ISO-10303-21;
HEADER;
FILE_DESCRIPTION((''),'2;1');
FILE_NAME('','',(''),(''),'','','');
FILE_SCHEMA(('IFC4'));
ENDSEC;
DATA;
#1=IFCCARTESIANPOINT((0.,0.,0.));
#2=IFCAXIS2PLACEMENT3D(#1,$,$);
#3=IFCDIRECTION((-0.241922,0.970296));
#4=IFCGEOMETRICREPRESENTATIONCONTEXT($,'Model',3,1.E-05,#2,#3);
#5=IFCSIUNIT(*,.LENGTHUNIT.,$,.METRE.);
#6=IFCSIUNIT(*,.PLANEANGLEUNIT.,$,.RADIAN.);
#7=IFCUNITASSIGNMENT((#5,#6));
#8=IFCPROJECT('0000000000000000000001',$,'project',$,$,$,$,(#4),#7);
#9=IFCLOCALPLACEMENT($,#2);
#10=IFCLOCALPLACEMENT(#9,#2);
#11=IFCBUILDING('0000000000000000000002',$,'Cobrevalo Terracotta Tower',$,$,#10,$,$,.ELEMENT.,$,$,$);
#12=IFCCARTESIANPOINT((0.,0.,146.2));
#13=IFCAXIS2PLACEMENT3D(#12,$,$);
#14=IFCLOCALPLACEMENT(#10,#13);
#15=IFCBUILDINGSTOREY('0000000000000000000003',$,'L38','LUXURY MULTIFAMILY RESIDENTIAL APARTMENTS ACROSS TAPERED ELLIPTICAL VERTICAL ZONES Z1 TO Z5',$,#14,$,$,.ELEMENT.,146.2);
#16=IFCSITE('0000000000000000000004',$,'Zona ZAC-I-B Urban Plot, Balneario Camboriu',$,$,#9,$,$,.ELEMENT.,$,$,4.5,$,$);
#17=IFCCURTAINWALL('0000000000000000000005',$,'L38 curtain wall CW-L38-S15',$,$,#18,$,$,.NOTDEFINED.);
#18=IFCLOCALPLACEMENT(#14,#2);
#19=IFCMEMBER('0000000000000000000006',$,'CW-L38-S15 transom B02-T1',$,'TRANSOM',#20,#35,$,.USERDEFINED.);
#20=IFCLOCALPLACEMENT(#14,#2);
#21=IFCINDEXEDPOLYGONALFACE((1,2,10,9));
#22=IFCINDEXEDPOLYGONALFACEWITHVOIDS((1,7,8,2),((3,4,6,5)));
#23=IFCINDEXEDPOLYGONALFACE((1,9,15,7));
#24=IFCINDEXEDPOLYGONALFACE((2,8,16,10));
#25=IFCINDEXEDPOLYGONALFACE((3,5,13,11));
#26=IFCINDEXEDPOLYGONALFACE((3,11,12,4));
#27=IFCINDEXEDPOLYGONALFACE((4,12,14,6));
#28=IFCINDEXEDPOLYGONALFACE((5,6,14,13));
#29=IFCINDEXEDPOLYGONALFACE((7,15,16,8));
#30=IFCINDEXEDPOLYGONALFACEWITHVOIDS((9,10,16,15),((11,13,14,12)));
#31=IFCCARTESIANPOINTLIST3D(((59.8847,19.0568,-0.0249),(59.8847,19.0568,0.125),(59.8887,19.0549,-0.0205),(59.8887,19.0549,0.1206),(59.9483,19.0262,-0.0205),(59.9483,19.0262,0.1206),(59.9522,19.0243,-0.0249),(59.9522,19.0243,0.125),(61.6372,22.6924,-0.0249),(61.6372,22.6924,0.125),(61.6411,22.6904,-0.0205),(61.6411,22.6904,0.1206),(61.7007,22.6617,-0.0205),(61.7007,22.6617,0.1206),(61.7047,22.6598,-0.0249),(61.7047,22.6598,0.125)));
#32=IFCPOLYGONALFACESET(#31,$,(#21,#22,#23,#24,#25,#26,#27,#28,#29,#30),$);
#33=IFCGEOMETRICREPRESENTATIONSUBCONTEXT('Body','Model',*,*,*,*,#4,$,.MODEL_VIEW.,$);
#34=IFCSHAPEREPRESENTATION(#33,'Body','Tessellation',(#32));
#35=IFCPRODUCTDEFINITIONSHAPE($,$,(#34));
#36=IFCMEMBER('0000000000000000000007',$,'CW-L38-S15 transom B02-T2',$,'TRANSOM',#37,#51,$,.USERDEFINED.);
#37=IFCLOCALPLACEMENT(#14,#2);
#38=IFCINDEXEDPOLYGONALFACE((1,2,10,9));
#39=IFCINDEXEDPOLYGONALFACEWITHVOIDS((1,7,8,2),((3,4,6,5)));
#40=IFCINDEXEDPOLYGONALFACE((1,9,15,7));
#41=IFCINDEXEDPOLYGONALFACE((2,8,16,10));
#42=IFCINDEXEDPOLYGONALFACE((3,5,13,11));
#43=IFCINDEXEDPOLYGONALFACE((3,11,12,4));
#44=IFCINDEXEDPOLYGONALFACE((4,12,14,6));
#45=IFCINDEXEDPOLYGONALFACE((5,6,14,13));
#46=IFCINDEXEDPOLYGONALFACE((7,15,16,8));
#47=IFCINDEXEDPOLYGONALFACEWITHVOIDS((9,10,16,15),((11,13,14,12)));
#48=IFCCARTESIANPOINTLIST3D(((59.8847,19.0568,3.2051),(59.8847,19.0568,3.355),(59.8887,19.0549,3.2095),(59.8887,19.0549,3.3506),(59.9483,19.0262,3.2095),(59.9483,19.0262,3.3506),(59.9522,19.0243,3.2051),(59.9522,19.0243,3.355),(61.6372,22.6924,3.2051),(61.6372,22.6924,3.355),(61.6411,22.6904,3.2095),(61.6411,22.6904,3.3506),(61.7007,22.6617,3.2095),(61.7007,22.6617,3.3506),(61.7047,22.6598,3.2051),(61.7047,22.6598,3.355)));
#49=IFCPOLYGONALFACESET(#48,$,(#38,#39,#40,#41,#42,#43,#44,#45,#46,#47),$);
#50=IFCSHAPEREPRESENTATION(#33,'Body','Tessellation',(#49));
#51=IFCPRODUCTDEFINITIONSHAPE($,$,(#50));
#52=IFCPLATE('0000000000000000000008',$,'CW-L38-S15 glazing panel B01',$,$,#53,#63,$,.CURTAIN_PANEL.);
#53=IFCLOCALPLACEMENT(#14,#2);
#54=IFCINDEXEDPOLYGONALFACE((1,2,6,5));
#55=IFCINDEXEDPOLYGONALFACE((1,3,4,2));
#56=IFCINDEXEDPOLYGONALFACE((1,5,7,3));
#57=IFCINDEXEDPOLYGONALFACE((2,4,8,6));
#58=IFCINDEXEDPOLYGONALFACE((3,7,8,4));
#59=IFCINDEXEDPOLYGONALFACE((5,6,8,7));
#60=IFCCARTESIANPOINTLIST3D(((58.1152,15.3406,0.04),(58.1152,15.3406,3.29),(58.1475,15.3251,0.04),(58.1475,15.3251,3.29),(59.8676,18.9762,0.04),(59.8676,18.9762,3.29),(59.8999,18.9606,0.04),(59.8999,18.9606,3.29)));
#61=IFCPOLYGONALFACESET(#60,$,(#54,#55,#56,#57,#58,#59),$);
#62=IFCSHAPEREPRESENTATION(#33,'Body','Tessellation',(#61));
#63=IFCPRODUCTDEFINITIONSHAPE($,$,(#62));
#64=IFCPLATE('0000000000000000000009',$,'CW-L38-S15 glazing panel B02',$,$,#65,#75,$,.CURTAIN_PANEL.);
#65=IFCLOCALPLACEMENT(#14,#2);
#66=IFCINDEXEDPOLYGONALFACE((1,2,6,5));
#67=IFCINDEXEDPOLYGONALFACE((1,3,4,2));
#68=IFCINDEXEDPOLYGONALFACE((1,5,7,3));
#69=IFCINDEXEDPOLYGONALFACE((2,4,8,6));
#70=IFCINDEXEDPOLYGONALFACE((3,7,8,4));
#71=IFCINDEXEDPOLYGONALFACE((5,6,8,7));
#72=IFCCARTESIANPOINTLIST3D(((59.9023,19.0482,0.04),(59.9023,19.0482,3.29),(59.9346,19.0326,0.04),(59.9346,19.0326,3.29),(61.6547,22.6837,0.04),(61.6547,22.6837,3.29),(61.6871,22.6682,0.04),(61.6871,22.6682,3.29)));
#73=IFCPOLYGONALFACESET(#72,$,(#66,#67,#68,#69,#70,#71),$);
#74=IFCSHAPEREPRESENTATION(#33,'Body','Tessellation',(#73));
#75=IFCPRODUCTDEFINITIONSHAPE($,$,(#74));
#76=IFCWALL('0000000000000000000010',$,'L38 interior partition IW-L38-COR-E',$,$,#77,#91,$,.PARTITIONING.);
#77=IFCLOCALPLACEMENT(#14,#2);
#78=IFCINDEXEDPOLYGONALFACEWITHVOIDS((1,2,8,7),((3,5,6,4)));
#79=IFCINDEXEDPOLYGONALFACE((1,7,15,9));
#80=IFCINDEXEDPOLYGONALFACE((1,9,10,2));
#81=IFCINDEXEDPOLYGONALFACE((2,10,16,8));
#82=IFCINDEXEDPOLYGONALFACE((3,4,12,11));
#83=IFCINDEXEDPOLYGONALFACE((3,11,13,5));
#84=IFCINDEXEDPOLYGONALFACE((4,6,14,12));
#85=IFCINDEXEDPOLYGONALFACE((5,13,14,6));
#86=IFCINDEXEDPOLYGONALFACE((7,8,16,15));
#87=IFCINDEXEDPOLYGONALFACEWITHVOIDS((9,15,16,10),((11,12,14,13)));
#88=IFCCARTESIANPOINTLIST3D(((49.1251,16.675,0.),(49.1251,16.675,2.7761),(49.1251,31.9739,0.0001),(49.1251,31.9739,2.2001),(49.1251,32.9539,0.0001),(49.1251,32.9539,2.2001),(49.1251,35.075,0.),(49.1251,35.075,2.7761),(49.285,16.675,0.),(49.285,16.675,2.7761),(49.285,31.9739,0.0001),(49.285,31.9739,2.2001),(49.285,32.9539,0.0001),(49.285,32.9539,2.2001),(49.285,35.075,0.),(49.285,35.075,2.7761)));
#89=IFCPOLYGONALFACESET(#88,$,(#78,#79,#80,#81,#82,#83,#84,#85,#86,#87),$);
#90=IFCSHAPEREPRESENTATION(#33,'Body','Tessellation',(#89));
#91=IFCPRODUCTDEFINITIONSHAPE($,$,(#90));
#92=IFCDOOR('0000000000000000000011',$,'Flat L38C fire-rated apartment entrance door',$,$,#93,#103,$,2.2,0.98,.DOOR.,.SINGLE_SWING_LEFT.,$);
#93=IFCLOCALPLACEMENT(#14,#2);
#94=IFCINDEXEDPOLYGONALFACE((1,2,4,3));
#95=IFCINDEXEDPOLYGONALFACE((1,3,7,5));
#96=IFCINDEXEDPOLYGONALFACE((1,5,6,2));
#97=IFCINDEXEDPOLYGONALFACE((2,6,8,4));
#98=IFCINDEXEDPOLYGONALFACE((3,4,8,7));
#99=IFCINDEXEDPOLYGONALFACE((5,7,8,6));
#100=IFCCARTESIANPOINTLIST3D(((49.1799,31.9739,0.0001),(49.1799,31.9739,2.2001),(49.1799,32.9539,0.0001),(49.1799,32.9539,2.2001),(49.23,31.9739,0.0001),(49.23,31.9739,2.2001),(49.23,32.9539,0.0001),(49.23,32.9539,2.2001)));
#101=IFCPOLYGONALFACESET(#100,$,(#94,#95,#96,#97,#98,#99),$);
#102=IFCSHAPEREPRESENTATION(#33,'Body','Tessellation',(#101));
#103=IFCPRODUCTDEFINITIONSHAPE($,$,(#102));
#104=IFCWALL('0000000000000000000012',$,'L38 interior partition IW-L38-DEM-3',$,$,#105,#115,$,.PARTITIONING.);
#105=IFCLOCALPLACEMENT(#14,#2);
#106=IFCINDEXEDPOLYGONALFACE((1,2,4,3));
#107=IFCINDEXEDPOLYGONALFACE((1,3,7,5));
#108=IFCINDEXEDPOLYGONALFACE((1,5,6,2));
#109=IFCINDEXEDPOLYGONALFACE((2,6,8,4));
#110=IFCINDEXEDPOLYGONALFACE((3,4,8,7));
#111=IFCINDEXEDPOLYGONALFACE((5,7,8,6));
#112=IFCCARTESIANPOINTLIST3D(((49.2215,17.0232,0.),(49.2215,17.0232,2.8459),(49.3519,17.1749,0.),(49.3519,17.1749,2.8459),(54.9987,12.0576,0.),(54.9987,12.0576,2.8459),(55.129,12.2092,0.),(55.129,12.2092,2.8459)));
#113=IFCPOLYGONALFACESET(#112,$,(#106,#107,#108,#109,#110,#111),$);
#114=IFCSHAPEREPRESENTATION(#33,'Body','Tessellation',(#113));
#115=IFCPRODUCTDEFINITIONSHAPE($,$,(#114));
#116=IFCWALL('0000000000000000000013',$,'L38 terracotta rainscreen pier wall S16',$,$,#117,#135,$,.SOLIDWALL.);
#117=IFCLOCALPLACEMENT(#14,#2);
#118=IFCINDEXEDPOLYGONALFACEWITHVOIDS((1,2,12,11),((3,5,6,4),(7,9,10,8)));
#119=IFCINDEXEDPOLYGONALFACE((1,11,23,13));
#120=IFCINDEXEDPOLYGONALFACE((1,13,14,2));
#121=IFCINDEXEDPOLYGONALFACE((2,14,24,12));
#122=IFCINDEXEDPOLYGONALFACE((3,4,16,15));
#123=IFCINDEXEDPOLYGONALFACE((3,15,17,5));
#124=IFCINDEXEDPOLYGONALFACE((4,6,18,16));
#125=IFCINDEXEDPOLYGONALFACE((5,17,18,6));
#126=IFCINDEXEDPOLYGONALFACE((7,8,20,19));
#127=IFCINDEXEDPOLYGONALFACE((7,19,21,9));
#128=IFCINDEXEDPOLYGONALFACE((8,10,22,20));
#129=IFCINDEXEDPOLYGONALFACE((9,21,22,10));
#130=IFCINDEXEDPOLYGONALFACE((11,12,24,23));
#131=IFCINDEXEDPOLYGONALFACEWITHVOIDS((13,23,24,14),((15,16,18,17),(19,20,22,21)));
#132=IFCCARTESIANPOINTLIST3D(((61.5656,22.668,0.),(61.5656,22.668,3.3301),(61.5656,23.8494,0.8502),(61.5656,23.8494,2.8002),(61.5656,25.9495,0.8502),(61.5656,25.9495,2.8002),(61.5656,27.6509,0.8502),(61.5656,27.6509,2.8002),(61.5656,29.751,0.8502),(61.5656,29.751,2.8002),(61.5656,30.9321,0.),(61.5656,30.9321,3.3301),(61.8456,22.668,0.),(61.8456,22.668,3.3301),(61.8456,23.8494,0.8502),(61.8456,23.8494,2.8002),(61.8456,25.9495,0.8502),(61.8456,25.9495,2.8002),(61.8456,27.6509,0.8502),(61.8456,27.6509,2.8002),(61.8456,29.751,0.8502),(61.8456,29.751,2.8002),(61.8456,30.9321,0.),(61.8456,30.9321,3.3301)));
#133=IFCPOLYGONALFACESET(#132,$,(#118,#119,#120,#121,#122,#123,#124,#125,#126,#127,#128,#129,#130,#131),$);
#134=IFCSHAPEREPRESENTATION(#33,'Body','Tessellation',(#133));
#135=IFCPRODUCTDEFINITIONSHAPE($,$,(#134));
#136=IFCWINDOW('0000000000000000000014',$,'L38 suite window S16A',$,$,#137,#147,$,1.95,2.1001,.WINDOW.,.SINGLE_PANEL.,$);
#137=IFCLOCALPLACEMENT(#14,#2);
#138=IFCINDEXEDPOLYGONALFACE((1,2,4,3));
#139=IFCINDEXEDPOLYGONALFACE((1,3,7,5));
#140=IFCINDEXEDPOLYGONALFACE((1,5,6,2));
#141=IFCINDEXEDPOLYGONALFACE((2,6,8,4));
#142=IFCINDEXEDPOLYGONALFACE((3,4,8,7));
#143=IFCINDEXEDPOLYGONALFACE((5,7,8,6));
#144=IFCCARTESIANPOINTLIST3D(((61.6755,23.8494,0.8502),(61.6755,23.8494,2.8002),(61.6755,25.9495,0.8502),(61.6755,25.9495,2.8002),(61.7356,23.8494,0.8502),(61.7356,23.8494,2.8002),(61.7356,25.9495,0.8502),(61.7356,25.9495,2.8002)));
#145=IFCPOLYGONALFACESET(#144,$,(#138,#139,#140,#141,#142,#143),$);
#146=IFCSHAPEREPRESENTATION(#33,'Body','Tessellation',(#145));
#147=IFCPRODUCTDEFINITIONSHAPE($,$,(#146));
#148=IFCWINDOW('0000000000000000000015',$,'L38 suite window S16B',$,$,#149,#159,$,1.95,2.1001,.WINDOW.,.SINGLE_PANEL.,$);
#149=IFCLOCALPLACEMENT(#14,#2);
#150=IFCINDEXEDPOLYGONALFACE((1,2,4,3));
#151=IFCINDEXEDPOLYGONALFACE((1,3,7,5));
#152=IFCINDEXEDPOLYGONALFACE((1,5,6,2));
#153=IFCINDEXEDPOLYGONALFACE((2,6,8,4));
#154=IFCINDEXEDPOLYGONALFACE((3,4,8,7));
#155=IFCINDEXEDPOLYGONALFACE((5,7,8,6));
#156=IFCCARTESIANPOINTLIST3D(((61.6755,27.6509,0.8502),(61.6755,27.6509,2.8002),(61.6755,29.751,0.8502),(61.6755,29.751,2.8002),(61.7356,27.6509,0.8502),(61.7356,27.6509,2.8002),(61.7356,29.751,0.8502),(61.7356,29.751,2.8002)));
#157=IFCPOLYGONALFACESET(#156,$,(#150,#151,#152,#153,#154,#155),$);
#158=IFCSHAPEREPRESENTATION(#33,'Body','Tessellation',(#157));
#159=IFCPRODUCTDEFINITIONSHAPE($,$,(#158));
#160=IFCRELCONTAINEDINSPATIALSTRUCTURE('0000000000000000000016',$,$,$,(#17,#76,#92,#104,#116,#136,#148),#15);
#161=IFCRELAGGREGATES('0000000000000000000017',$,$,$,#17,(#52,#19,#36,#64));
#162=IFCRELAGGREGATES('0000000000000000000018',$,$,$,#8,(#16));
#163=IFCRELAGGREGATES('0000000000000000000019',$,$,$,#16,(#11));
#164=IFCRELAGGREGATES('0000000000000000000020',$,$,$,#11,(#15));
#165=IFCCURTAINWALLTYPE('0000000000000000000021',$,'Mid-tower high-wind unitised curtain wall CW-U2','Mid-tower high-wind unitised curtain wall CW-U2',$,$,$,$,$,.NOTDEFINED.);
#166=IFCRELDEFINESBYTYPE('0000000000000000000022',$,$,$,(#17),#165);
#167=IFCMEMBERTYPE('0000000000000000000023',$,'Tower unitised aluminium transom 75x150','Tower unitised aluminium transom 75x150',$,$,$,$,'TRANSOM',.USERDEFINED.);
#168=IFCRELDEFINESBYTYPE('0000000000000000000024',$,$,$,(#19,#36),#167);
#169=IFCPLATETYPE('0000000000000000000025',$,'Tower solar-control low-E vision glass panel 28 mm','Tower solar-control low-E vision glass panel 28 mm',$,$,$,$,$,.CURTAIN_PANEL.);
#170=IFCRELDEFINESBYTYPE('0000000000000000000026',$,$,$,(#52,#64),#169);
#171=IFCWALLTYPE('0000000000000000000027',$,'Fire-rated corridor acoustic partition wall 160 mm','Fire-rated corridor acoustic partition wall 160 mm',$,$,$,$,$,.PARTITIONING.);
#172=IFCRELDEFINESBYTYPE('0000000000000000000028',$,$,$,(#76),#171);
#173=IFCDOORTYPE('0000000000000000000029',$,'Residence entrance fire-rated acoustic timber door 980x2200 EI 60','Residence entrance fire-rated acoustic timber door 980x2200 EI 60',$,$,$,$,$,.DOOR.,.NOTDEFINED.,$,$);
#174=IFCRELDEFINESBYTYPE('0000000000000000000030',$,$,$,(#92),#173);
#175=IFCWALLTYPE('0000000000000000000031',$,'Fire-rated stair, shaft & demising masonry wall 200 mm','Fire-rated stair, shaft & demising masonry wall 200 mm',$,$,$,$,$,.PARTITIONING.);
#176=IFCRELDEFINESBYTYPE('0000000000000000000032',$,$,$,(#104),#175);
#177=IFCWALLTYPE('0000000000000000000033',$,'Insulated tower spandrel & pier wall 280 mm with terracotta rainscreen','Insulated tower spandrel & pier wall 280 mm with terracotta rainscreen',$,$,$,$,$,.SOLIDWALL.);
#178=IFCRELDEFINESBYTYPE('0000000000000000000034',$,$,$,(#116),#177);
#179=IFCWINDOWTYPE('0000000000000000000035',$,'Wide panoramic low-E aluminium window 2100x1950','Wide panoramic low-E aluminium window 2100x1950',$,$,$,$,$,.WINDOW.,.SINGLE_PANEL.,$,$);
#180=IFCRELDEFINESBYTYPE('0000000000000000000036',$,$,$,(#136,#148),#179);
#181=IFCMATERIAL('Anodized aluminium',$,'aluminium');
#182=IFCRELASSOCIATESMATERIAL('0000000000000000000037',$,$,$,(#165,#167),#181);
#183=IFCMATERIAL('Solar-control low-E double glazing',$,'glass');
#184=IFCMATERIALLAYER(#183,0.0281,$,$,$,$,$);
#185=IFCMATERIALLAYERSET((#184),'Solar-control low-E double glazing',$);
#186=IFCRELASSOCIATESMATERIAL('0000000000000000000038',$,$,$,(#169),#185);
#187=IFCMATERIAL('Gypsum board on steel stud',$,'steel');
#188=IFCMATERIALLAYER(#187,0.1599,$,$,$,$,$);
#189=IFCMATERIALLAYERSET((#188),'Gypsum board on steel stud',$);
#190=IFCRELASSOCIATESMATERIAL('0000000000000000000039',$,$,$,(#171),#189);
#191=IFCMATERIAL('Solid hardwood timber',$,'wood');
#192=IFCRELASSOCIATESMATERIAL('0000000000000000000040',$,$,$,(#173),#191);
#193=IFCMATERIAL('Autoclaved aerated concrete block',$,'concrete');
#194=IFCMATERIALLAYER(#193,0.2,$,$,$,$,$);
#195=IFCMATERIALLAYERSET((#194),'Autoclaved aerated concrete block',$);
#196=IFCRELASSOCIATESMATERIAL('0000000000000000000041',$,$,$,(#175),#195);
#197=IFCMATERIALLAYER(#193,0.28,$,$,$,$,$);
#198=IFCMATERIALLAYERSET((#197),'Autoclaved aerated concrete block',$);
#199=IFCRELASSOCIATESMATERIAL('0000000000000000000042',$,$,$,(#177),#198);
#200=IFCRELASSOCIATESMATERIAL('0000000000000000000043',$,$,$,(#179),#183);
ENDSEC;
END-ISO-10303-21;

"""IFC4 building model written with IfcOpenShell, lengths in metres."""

from ifc_helpers import new_model, si_unit, direction, frame, frame_2d, origin, origin_2d, place, context, subcontext, project, spatial, rectangle, hollow_rectangle, extrude, source, transform, mapped, material, layer, layer_set, material_profile, profile_set, type_object, element, fill, aggregate, save


model = new_model("IFC4")

# Units and contexts
model_context = context("Model", 3, precision=1e-05, world=origin(), true_north=direction((-0.241922, 0.970296)))
body_context = subcontext(model_context, "Body", "Model", "MODEL_VIEW")
ifc_project = project(units=[si_unit("LENGTHUNIT", "METRE"), si_unit("PLANEANGLEUNIT", "RADIAN")], contexts=[model_context])

# Site, building, storey
site_placement = place(None, origin())
site = spatial("IfcSite", under=ifc_project, at=site_placement, Name="Zona ZAC-I-B Urban Plot, Balneario Camboriu", CompositionType="ELEMENT", RefElevation=4.5)
building_placement = place(site_placement, origin())
building = spatial("IfcBuilding", under=site, at=building_placement, Name="Cobrevalo Terracotta Tower", CompositionType="ELEMENT")
storey_placement = place(building_placement, frame((0.0, 0.0, 146.2)))
storey = spatial("IfcBuildingStorey", under=building, at=storey_placement, Name="L38", Description="LUXURY MULTIFAMILY RESIDENTIAL APARTMENTS ACROSS TAPERED ELLIPTICAL VERTICAL ZONES Z1 TO Z5", CompositionType="ELEMENT", Elevation=146.2)

# Curtain wall, members, plates
ifc_material_1 = material(Name="Anodized aluminium", Category="aluminium")
curtain_wall_type = type_object("IfcCurtainWallType", Name="Mid-tower high-wind unitised curtain wall CW-U2", Description="Mid-tower high-wind unitised curtain wall CW-U2", PredefinedType="NOTDEFINED", material=ifc_material_1)
curtain_wall_placement = place(storey_placement, origin())
curtain_wall = element("IfcCurtainWall", 1, at=curtain_wall_placement, inside=storey, type_object=curtain_wall_type, Name="L38 curtain wall CW-L38-S15", PredefinedType="NOTDEFINED")
ifc_material_profile_1 = material_profile(ifc_material_1, hollow_rectangle(XDim=0.075, YDim=0.1499, WallThickness=0.0044, at=origin_2d()), Name="CWT 75x150")
ifc_profile_set_1 = profile_set([ifc_material_profile_1], Name="Anodized aluminium")
member_type_1 = type_object("IfcMemberType", Name="Tower unitised aluminium transom 75x150", Description="Tower unitised aluminium transom 75x150", ElementType="TRANSOM", PredefinedType="USERDEFINED", material=ifc_profile_set_1)
shared_shape_1 = source(origin(), body_context, "Body", "SweptSolid", [
    extrude(hollow_rectangle(XDim=0.075, YDim=0.1499, WallThickness=0.0044, at=origin_2d()), origin(), (0.0, 0.0, 1.0), 4.0359),
])
member_1_placement = place(storey_placement, frame((59.9185, 19.0405, 0.05), z_axis=(0.434221, 0.900806, 0.0), x_axis=(-0.900806, 0.434221, 0.0)))
member_1 = element("IfcMember", 2, at=member_1_placement, type_object=member_type_1, Name="CW-L38-S15 transom B02-T1", ObjectType="TRANSOM", PredefinedType="USERDEFINED", context=body_context, shape_type="MappedRepresentation", body=[
    mapped(shared_shape_1, transform((0.0, 0.0, 0.0), scale=1.0)),
])
member_2_placement = place(storey_placement, frame((59.9185, 19.0405, 3.28), z_axis=(0.434221, 0.900806, 0.0), x_axis=(-0.900806, 0.434221, 0.0)))
member_2 = element("IfcMember", 3, at=member_2_placement, type_object=member_type_1, Name="CW-L38-S15 transom B02-T2", ObjectType="TRANSOM", PredefinedType="USERDEFINED", context=body_context, shape_type="MappedRepresentation", body=[
    mapped(shared_shape_1, transform((0.0, 0.0, 0.0), scale=1.0)),
])
ifc_material_2 = material(Name="Solar-control low-E double glazing", Category="glass")
ifc_layer_1 = layer(ifc_material_2, 0.0281)
ifc_layer_set_1 = layer_set([ifc_layer_1], Name="Solar-control low-E double glazing")
plate_type = type_object("IfcPlateType", Name="Tower solar-control low-E vision glass panel 28 mm", Description="Tower solar-control low-E vision glass panel 28 mm", PredefinedType="CURTAIN_PANEL", material=ifc_layer_set_1)
shared_shape_2 = source(origin(), body_context, "Body", "SweptSolid", [
    extrude(rectangle(XDim=4.0359, YDim=0.0359, at=origin_2d()), origin(), (0.0, 0.0, 1.0), 3.25),
])
plate_1_placement = place(storey_placement, frame((59.0076, 17.1506, 0.04), z_axis=(0.0, 0.0, 1.0), x_axis=(0.434209, 0.900812, 0.0)))
plate_1 = element("IfcPlate", 4, at=plate_1_placement, type_object=plate_type, Name="CW-L38-S15 glazing panel B01", PredefinedType="CURTAIN_PANEL", context=body_context, shape_type="MappedRepresentation", body=[
    mapped(shared_shape_2, transform((0.0, 0.0, 0.0), scale=1.0)),
])
plate_2_placement = place(storey_placement, frame((60.7947, 20.8582, 0.04), z_axis=(0.0, 0.0, 1.0), x_axis=(0.434209, 0.900812, 0.0)))
plate_2 = element("IfcPlate", 5, at=plate_2_placement, type_object=plate_type, Name="CW-L38-S15 glazing panel B02", PredefinedType="CURTAIN_PANEL", context=body_context, shape_type="MappedRepresentation", body=[
    mapped(shared_shape_2, transform((0.0, 0.0, 0.0), scale=1.0)),
])
aggregate(curtain_wall, [plate_1, member_1, member_2, plate_2])

# Wall, opening, door
ifc_material_3 = material(Name="Gypsum board on steel stud", Category="steel")
ifc_layer_2 = layer(ifc_material_3, 0.1599)
ifc_layer_set_2 = layer_set([ifc_layer_2], Name="Gypsum board on steel stud")
wall_type_1 = type_object("IfcWallType", Name="Fire-rated corridor acoustic partition wall 160 mm", Description="Fire-rated corridor acoustic partition wall 160 mm", PredefinedType="PARTITIONING", material=ifc_layer_set_2)
wall_1_placement = place(storey_placement, frame((49.2051, 16.675, 0.0), z_axis=(0.0, 0.0, 1.0), x_axis=(0.0, 1.0, 0.0)))
wall_1 = element("IfcWall", 6, at=wall_1_placement, inside=storey, type_object=wall_type_1, Name="L38 interior partition IW-L38-COR-E", PredefinedType="PARTITIONING", context=body_context, shape_type="SweptSolid", body=[
    extrude(rectangle(XDim=18.3999, YDim=0.1599, at=frame_2d((9.2, 0.0))), origin(), (0.0, 0.0, 1.0), 2.7761),
])
opening_1_placement = place(wall_1_placement, frame((15.2988, 0.0, 0.0)))
opening_1 = element("IfcOpeningElement", 7, at=opening_1_placement, cuts=wall_1, PredefinedType="OPENING", context=body_context, shape_type="SweptSolid", body=[
    extrude(rectangle(XDim=0.98, YDim=2.2, at=frame_2d((0.49, 1.1001))), frame((0.0, 0.0898, 0.0), z_axis=(0.0, -1.0, 0.0), x_axis=(1.0, 0.0, 0.0)), (0.0, 0.0, 1.0), 0.1799),
])
ifc_material_4 = material(Name="Solid hardwood timber", Category="wood")
door_type = type_object("IfcDoorType", Name="Residence entrance fire-rated acoustic timber door 980x2200 EI 60", Description="Residence entrance fire-rated acoustic timber door 980x2200 EI 60", OperationType="NOTDEFINED", PredefinedType="DOOR", material=ifc_material_4)
shared_shape_3 = source(origin(), body_context, "Body", "SweptSolid", [
    extrude(rectangle(XDim=0.98, YDim=2.2, at=frame_2d((0.49, 1.1001))), frame((0.0, 0.0249, 0.0), z_axis=(0.0, -1.0, 0.0), x_axis=(1.0, 0.0, 0.0)), (0.0, 0.0, 1.0), 0.05),
])
door_placement = place(opening_1_placement, frame((0.98, 0.0, 0.0), z_axis=(0.0, 0.0, 1.0), x_axis=(-1.0, 0.0, 0.0)))
door = element("IfcDoor", 8, at=door_placement, inside=storey, type_object=door_type, Name="Flat L38C fire-rated apartment entrance door", OperationType="SINGLE_SWING_LEFT", OverallHeight=2.2, OverallWidth=0.98, PredefinedType="DOOR", context=body_context, shape_type="MappedRepresentation", body=[
    mapped(shared_shape_3, transform((0.0, 0.0, 0.0), scale=1.0)),
])
fill(opening_1, door)

# Wall
ifc_material_5 = material(Name="Autoclaved aerated concrete block", Category="concrete")
ifc_layer_3 = layer(ifc_material_5, 0.2)
ifc_layer_set_3 = layer_set([ifc_layer_3], Name="Autoclaved aerated concrete block")
wall_type_2 = type_object("IfcWallType", Name="Fire-rated stair, shaft & demising masonry wall 200 mm", Description="Fire-rated stair, shaft & demising masonry wall 200 mm", PredefinedType="PARTITIONING", material=ifc_layer_set_3)
wall_2_placement = place(storey_placement, frame((49.2866, 17.0991, 0.0), z_axis=(0.0, 0.0, 1.0), x_axis=(0.758362, -0.651833, 0.0)))
element("IfcWall", 9, at=wall_2_placement, inside=storey, type_object=wall_type_2, Name="L38 interior partition IW-L38-DEM-3", PredefinedType="PARTITIONING", context=body_context, shape_type="SweptSolid", body=[
    extrude(rectangle(XDim=7.6179, YDim=0.2, at=frame_2d((3.8091, 0.0))), origin(), (0.0, 0.0, 1.0), 2.8459),
])

# Wall, openings, windows
ifc_layer_4 = layer(ifc_material_5, 0.28)
ifc_layer_set_4 = layer_set([ifc_layer_4], Name="Autoclaved aerated concrete block")
wall_type_3 = type_object("IfcWallType", Name="Insulated tower spandrel & pier wall 280 mm with terracotta rainscreen", Description="Insulated tower spandrel & pier wall 280 mm with terracotta rainscreen", PredefinedType="SOLIDWALL", material=ifc_layer_set_4)
wall_3_placement = place(storey_placement, frame((61.7056, 22.668, 0.0), z_axis=(0.0, 0.0, 1.0), x_axis=(0.0, 1.0, 0.0)))
wall_3 = element("IfcWall", 10, at=wall_3_placement, inside=storey, type_object=wall_type_3, Name="L38 terracotta rainscreen pier wall S16", PredefinedType="SOLIDWALL", context=body_context, shape_type="SweptSolid", body=[
    extrude(rectangle(XDim=8.2642, YDim=0.28, at=frame_2d((4.1321, 0.0))), origin(), (0.0, 0.0, 1.0), 3.3301),
])
opening_2_placement = place(wall_3_placement, frame((1.1814, 0.0, 0.8501)))
opening_2 = element("IfcOpeningElement", 11, at=opening_2_placement, cuts=wall_3, PredefinedType="OPENING", context=body_context, shape_type="SweptSolid", body=[
    extrude(rectangle(XDim=2.1001, YDim=1.95, at=frame_2d((1.05, 0.9751))), frame((0.0, 0.1499, 0.0), z_axis=(0.0, -1.0, 0.0), x_axis=(1.0, 0.0, 0.0)), (0.0, 0.0, 1.0), 0.3),
])
opening_3_placement = place(wall_3_placement, frame((4.9829, 0.0, 0.8501)))
opening_3 = element("IfcOpeningElement", 12, at=opening_3_placement, cuts=wall_3, PredefinedType="OPENING", context=body_context, shape_type="SweptSolid", body=[
    extrude(rectangle(XDim=2.1001, YDim=1.95, at=frame_2d((1.05, 0.9751))), frame((0.0, 0.1499, 0.0), z_axis=(0.0, -1.0, 0.0), x_axis=(1.0, 0.0, 0.0)), (0.0, 0.0, 1.0), 0.3),
])
window_type = type_object("IfcWindowType", Name="Wide panoramic low-E aluminium window 2100x1950", Description="Wide panoramic low-E aluminium window 2100x1950", PartitioningType="SINGLE_PANEL", PredefinedType="WINDOW", material=ifc_material_2)
shared_shape_4 = source(origin(), body_context, "Body", "SweptSolid", [
    extrude(rectangle(XDim=2.1001, YDim=1.95, at=frame_2d((1.05, 0.9751))), frame((0.0, 0.03, 0.0), z_axis=(0.0, -1.0, 0.0), x_axis=(1.0, 0.0, 0.0)), (0.0, 0.0, 1.0), 0.0601),
])
window_1_placement = place(opening_2_placement, origin())
window_1 = element("IfcWindow", 13, at=window_1_placement, inside=storey, type_object=window_type, Name="L38 suite window S16A", OverallHeight=1.95, OverallWidth=2.1001, PartitioningType="SINGLE_PANEL", PredefinedType="WINDOW", context=body_context, shape_type="MappedRepresentation", body=[
    mapped(shared_shape_4, transform((0.0, 0.0, 0.0), scale=1.0)),
])
fill(opening_2, window_1)
window_2_placement = place(opening_3_placement, origin())
window_2 = element("IfcWindow", 14, at=window_2_placement, inside=storey, type_object=window_type, Name="L38 suite window S16B", OverallHeight=1.95, OverallWidth=2.1001, PartitioningType="SINGLE_PANEL", PredefinedType="WINDOW", context=body_context, shape_type="MappedRepresentation", body=[
    mapped(shared_shape_4, transform((0.0, 0.0, 0.0), scale=1.0)),
])
fill(opening_3, window_2)

save(model, "model.ifc")
